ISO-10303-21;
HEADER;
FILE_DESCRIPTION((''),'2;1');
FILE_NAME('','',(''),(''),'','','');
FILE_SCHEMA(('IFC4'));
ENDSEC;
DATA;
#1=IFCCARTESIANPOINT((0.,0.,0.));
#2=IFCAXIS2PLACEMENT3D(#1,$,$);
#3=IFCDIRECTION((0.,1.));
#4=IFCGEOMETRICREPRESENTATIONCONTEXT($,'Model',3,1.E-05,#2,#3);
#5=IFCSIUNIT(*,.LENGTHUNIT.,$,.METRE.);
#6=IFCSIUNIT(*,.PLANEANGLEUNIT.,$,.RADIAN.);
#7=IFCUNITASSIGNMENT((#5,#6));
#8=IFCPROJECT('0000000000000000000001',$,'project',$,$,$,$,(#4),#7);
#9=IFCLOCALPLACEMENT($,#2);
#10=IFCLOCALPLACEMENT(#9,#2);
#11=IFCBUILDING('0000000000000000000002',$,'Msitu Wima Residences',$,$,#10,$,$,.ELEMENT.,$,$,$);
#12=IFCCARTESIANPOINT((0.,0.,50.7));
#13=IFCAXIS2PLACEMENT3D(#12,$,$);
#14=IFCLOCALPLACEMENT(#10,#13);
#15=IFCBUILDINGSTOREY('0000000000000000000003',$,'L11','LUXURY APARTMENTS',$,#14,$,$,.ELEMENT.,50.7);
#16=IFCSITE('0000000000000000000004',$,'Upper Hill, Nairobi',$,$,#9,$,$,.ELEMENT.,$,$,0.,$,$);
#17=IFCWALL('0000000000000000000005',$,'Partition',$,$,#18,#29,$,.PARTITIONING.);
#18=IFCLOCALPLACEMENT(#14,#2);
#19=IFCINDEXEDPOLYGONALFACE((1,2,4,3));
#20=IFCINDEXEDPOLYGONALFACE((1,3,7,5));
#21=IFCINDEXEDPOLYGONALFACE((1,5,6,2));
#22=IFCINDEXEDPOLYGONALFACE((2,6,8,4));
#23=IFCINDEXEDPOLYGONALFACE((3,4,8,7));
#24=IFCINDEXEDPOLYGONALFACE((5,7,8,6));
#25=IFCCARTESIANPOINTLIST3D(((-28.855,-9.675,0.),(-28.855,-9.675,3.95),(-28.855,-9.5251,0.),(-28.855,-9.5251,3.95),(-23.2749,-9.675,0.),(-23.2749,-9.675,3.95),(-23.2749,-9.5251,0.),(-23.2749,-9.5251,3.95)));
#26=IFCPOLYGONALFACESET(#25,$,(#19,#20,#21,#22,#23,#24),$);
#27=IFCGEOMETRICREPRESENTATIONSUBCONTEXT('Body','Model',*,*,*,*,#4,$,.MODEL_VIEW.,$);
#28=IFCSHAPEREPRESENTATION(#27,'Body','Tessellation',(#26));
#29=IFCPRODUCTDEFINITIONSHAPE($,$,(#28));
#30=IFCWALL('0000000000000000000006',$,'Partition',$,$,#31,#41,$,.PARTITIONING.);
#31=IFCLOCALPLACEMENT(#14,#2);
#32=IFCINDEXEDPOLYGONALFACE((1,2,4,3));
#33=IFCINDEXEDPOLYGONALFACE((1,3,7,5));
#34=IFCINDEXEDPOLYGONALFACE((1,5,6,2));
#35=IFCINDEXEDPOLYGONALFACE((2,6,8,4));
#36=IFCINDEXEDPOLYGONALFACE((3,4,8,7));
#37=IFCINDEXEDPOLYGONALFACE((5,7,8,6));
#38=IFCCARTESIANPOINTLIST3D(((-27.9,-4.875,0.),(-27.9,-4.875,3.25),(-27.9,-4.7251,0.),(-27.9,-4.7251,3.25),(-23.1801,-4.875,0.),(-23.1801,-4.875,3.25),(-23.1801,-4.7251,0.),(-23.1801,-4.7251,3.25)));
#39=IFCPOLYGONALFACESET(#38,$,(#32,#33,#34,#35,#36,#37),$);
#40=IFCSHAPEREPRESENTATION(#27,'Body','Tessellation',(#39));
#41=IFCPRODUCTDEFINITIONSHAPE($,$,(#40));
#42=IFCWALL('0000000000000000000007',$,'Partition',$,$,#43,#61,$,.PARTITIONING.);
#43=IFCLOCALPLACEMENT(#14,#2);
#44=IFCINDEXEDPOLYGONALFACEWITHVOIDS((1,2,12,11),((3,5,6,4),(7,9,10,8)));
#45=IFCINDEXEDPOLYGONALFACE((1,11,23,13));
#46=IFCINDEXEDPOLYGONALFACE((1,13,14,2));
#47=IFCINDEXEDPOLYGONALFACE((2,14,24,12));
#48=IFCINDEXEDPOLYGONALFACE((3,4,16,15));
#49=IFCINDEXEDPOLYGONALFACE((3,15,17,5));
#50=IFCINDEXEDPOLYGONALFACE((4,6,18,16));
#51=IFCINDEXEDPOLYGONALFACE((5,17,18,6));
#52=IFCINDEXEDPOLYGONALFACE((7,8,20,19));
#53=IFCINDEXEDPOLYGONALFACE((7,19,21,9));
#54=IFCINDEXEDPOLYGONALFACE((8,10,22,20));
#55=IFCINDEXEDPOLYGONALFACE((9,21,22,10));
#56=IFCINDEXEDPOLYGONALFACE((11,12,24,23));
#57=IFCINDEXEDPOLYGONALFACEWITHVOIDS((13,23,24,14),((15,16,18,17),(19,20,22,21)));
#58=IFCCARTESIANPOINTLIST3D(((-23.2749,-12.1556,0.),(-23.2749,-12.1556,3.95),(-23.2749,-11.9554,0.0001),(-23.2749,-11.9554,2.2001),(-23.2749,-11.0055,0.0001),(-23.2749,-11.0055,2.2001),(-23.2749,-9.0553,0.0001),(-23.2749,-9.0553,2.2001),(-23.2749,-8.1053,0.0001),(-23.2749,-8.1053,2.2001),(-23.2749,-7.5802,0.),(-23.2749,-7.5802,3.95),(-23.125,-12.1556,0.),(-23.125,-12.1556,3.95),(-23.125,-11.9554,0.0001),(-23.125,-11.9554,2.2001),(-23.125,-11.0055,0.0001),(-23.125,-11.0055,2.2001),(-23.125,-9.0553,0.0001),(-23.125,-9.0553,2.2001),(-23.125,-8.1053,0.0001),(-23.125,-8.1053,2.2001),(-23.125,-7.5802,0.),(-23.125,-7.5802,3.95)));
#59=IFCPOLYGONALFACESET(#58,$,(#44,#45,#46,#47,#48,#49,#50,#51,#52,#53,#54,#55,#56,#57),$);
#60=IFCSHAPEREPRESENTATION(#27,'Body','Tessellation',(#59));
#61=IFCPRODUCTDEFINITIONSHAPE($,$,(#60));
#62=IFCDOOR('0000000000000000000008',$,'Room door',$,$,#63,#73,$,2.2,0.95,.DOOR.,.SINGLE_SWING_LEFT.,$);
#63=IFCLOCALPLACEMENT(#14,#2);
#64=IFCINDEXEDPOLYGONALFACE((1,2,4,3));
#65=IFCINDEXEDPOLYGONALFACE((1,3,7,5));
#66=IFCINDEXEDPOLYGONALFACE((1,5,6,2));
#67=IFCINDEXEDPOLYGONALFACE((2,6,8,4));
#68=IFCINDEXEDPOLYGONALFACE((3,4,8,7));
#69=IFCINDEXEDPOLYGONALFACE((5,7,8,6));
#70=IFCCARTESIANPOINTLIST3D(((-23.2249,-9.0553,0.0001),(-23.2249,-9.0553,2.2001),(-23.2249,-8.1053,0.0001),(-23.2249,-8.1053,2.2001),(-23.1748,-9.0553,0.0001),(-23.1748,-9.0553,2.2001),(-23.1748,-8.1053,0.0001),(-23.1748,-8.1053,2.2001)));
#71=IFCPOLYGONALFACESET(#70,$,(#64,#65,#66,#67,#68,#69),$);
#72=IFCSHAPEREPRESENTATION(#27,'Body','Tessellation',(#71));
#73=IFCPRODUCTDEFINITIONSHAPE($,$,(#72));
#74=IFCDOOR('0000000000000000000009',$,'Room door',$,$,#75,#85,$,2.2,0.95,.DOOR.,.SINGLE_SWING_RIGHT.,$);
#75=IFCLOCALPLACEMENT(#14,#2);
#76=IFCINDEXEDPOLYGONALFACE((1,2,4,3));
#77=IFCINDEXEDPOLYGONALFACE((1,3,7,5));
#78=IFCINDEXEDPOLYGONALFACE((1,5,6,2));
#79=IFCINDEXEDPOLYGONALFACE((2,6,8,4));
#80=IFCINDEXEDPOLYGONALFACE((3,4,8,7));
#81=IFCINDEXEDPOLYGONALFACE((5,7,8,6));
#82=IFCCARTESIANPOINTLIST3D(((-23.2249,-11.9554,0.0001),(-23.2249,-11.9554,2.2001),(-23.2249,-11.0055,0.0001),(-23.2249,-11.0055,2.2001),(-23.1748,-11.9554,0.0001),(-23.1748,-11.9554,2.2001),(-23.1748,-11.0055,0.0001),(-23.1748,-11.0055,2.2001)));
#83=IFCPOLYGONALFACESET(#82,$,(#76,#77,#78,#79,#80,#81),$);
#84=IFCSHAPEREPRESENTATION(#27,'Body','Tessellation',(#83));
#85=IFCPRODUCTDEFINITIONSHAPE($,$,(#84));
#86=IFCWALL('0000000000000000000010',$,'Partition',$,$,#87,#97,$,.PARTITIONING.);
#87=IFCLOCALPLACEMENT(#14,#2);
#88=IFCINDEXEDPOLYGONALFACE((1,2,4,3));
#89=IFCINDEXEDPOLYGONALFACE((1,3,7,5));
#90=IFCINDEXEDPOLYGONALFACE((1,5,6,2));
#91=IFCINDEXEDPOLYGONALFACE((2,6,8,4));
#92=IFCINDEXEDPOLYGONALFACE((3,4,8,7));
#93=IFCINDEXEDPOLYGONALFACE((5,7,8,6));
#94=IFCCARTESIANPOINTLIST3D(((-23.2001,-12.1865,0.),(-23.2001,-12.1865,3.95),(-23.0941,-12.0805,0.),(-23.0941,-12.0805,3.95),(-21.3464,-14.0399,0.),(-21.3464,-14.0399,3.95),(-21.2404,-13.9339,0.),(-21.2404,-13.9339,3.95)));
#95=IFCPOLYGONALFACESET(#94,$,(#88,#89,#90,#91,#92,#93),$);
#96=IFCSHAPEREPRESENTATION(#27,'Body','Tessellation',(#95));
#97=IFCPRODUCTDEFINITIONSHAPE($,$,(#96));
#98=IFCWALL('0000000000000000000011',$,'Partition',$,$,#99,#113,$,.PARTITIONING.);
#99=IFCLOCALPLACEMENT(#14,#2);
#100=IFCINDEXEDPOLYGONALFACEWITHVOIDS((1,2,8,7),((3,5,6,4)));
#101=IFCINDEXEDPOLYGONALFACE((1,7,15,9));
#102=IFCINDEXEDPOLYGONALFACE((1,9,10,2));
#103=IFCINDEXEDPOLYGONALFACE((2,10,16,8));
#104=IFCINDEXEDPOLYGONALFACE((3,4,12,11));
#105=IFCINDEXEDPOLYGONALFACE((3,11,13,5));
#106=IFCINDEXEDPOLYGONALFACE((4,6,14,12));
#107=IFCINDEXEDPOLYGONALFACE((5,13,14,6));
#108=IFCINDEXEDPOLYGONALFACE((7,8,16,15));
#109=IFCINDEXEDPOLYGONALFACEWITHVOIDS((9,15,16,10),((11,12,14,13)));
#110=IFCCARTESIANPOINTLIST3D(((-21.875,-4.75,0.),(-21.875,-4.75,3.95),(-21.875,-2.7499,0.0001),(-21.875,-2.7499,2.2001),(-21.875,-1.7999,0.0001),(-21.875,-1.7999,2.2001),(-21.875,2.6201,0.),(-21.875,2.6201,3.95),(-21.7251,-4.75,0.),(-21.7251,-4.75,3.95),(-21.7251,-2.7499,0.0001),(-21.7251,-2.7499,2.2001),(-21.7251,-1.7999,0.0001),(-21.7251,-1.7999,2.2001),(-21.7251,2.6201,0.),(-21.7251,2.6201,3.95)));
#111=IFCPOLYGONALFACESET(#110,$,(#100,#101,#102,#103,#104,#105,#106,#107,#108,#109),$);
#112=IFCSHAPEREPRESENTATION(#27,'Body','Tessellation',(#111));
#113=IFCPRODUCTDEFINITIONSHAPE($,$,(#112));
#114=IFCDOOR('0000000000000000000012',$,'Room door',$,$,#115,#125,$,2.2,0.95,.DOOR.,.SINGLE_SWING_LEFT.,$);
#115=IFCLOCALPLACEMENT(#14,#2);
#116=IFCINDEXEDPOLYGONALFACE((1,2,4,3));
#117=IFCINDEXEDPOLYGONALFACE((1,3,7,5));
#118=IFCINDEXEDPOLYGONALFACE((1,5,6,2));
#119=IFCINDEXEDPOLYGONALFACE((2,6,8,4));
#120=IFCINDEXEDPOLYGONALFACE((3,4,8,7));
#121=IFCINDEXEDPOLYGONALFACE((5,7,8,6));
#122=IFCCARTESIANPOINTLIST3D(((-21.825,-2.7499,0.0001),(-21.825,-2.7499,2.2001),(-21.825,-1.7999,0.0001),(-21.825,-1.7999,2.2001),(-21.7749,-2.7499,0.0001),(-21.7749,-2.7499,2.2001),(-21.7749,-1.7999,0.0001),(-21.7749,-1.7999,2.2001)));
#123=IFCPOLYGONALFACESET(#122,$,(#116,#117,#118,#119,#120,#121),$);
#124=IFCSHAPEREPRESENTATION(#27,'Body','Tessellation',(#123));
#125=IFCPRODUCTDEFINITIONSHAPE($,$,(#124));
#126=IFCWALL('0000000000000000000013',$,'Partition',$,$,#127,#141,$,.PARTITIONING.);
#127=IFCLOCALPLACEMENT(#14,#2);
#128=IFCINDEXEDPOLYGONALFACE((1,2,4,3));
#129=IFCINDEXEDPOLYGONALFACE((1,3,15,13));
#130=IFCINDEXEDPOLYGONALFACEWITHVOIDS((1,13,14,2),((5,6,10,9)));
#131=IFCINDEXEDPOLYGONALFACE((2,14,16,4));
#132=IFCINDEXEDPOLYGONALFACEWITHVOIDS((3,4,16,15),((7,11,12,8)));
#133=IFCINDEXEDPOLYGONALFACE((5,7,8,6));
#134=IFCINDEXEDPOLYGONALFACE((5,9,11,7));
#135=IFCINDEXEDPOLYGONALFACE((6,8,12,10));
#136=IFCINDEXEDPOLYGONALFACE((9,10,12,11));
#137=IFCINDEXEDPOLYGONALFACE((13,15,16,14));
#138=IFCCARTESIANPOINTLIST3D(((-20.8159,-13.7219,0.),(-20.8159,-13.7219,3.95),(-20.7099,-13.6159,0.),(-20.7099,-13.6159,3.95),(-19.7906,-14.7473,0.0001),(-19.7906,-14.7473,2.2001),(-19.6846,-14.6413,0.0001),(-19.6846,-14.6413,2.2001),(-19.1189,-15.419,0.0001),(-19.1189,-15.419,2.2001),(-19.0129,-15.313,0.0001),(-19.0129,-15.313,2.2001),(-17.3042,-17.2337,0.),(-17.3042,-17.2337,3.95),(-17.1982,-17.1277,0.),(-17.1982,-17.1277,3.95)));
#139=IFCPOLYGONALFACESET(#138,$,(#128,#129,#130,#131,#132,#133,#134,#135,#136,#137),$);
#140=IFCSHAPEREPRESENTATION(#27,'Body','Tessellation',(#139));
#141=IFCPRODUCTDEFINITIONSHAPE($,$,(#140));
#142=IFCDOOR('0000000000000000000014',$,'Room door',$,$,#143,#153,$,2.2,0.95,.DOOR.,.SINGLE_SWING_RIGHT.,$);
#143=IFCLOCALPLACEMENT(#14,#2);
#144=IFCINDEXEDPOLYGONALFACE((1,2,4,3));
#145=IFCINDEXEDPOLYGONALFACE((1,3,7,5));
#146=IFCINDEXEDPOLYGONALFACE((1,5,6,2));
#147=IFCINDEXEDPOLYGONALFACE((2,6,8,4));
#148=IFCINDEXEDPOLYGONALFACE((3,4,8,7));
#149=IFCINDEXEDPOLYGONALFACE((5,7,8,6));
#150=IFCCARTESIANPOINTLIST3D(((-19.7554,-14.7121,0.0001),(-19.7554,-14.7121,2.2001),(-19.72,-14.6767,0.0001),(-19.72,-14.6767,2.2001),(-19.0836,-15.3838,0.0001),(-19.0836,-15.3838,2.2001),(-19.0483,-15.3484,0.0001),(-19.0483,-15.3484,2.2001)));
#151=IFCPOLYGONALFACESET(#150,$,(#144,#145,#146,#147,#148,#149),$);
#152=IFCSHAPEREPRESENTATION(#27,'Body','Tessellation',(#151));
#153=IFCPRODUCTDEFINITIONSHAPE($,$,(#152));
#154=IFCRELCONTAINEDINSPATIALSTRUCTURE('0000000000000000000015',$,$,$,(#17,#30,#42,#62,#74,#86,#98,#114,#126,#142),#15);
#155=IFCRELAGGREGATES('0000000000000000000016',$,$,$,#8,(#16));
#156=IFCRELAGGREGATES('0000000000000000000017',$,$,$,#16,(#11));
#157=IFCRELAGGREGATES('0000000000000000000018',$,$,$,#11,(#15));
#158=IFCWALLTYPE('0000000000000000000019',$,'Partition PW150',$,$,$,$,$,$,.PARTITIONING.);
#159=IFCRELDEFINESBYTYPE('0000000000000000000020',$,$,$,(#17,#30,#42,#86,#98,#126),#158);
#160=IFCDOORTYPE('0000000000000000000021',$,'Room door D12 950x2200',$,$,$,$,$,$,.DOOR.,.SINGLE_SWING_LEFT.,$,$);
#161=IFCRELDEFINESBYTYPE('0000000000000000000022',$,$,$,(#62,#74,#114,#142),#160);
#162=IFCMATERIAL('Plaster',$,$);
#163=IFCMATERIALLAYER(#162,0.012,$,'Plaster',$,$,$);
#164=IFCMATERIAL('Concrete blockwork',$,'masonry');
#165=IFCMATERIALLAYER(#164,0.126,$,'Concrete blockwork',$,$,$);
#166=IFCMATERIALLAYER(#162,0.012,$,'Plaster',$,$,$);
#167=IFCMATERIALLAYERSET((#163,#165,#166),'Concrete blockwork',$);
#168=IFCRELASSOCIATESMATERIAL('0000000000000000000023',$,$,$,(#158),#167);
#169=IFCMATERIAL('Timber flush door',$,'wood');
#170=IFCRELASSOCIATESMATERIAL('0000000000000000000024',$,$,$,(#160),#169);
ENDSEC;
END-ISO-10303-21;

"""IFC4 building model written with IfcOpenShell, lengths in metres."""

from ifc_helpers import new_model, si_unit, direction, frame, frame_2d, origin, place, context, subcontext, project, spatial, rectangle, extrude, material, layer, layer_set, type_object, element, fill, save


model = new_model("IFC4")

# Units and contexts
model_context = context("Model", 3, precision=1e-05, world=origin(), true_north=direction((0.0, 1.0)))
body_context = subcontext(model_context, "Body", "Model", "MODEL_VIEW")
ifc_project = project(units=[si_unit("LENGTHUNIT", "METRE"), si_unit("PLANEANGLEUNIT", "RADIAN")], contexts=[model_context])

# Site, building, storey
site_placement = place(None, origin())
site = spatial("IfcSite", under=ifc_project, at=site_placement, Name="Upper Hill, Nairobi", CompositionType="ELEMENT", RefElevation=0.0)
building_placement = place(site_placement, origin())
building = spatial("IfcBuilding", under=site, at=building_placement, Name="Msitu Wima Residences", CompositionType="ELEMENT")
storey_placement = place(building_placement, frame((0.0, 0.0, 50.7)))
storey = spatial("IfcBuildingStorey", under=building, at=storey_placement, Name="L11", Description="LUXURY APARTMENTS", CompositionType="ELEMENT", Elevation=50.7)

# Walls
ifc_material_1 = material(Name="Plaster")
ifc_layer_1 = layer(ifc_material_1, 0.012, Name="Plaster")
ifc_material_2 = material(Name="Concrete blockwork", Category="masonry")
ifc_layer_2 = layer(ifc_material_2, 0.126, Name="Concrete blockwork")
ifc_layer_3 = layer(ifc_material_1, 0.012, Name="Plaster")
ifc_layer_set_1 = layer_set([ifc_layer_1, ifc_layer_2, ifc_layer_3], Name="Concrete blockwork")
wall_type_1 = type_object("IfcWallType", Name="Partition PW150", PredefinedType="PARTITIONING", material=ifc_layer_set_1)
wall_1_placement = place(storey_placement, frame((-28.855, -9.6001, 0.0), z_axis=(0.0, 0.0, 1.0), x_axis=(1.0, 0.0, 0.0)))
element("IfcWall", 1, at=wall_1_placement, inside=storey, type_object=wall_type_1, Name="Partition", PredefinedType="PARTITIONING", context=body_context, shape_type="SweptSolid", body=[
    extrude(rectangle(XDim=5.5801, YDim=0.1499, at=frame_2d((2.79, 0.0))), origin(), (0.0, 0.0, 1.0), 3.95),
])
wall_2_placement = place(storey_placement, frame((-27.8999, -4.8, 0.0), z_axis=(0.0, 0.0, 1.0), x_axis=(1.0, 0.0, 0.0)))
element("IfcWall", 2, at=wall_2_placement, inside=storey, type_object=wall_type_1, Name="Partition", PredefinedType="PARTITIONING", context=body_context, shape_type="SweptSolid", body=[
    extrude(rectangle(XDim=4.72, YDim=0.1499, at=frame_2d((2.3599, 0.0))), origin(), (0.0, 0.0, 1.0), 3.25),
])

# Wall, openings, doors
wall_3_placement = place(storey_placement, frame((-23.2, -12.1555, 0.0), z_axis=(0.0, 0.0, 1.0), x_axis=(0.0, 1.0, 0.0)))
wall_3 = element("IfcWall", 3, at=wall_3_placement, inside=storey, type_object=wall_type_1, Name="Partition", PredefinedType="PARTITIONING", context=body_context, shape_type="SweptSolid", body=[
    extrude(rectangle(XDim=4.5754, YDim=0.1499, at=frame_2d((2.2876, 0.0))), origin(), (0.0, 0.0, 1.0), 3.95),
])
opening_1_placement = place(wall_3_placement, frame((3.1001, 0.0, 0.0)))
opening_1 = element("IfcOpeningElement", 4, at=opening_1_placement, cuts=wall_3, PredefinedType="OPENING", context=body_context, shape_type="SweptSolid", body=[
    extrude(rectangle(XDim=0.95, YDim=2.2, at=frame_2d((0.4751, 1.1001))), frame((0.0, 0.085, 0.0), z_axis=(0.0, -1.0, 0.0), x_axis=(1.0, 0.0, 0.0)), (0.0, 0.0, 1.0), 0.1699),
])
opening_2_placement = place(wall_3_placement, frame((0.2, 0.0, 0.0)))
opening_2 = element("IfcOpeningElement", 5, at=opening_2_placement, cuts=wall_3, PredefinedType="OPENING", context=body_context, shape_type="SweptSolid", body=[
    extrude(rectangle(XDim=0.95, YDim=2.2, at=frame_2d((0.4751, 1.1001))), frame((0.0, 0.085, 0.0), z_axis=(0.0, -1.0, 0.0), x_axis=(1.0, 0.0, 0.0)), (0.0, 0.0, 1.0), 0.1699),
])
ifc_material_3 = material(Name="Timber flush door", Category="wood")
door_type_1 = type_object("IfcDoorType", Name="Room door D12 950x2200", OperationType="SINGLE_SWING_LEFT", PredefinedType="DOOR", material=ifc_material_3)
door_1_placement = place(opening_1_placement, origin())
door_1 = element("IfcDoor", 6, at=door_1_placement, inside=storey, type_object=door_type_1, Name="Room door", OperationType="SINGLE_SWING_LEFT", OverallHeight=2.2, OverallWidth=0.95, PredefinedType="DOOR", context=body_context, shape_type="SweptSolid", body=[
    extrude(rectangle(XDim=0.95, YDim=2.2, at=frame_2d((0.4751, 1.1001))), frame((0.0, 0.0249, 0.0), z_axis=(0.0, -1.0, 0.0), x_axis=(1.0, 0.0, 0.0)), (0.0, 0.0, 1.0), 0.05),
])
fill(opening_1, door_1)
door_2_placement = place(opening_2_placement, origin())
door_2 = element("IfcDoor", 7, at=door_2_placement, inside=storey, type_object=door_type_1, Name="Room door", OperationType="SINGLE_SWING_RIGHT", OverallHeight=2.2, OverallWidth=0.95, PredefinedType="DOOR", context=body_context, shape_type="SweptSolid", body=[
    extrude(rectangle(XDim=0.95, YDim=2.2, at=frame_2d((0.4751, 1.1001))), frame((0.0, 0.0249, 0.0), z_axis=(0.0, -1.0, 0.0), x_axis=(1.0, 0.0, 0.0)), (0.0, 0.0, 1.0), 0.05),
])
fill(opening_2, door_2)

# Wall
wall_4_placement = place(storey_placement, frame((-23.147, -12.1335, 0.0), z_axis=(0.0, 0.0, 1.0), x_axis=(0.707153, -0.70706, 0.0)))
element("IfcWall", 8, at=wall_4_placement, inside=storey, type_object=wall_type_1, Name="Partition", PredefinedType="PARTITIONING", context=body_context, shape_type="SweptSolid", body=[
    extrude(rectangle(XDim=2.6213, YDim=0.1499, at=frame_2d((1.3105, 0.0))), origin(), (0.0, 0.0, 1.0), 3.95),
])

# Walls, openings, doors
wall_5_placement = place(storey_placement, frame((-21.8, -4.75, 0.0), z_axis=(0.0, 0.0, 1.0), x_axis=(0.0, 1.0, 0.0)))
wall_5 = element("IfcWall", 9, at=wall_5_placement, inside=storey, type_object=wall_type_1, Name="Partition", PredefinedType="PARTITIONING", context=body_context, shape_type="SweptSolid", body=[
    extrude(rectangle(XDim=7.3701, YDim=0.1499, at=frame_2d((3.6851, 0.0))), origin(), (0.0, 0.0, 1.0), 3.95),
])
opening_3_placement = place(wall_5_placement, frame((2.0, 0.0, 0.0)))
opening_3 = element("IfcOpeningElement", 10, at=opening_3_placement, cuts=wall_5, PredefinedType="OPENING", context=body_context, shape_type="SweptSolid", body=[
    extrude(rectangle(XDim=0.95, YDim=2.2, at=frame_2d((0.4751, 1.1001))), frame((0.0, 0.085, 0.0), z_axis=(0.0, -1.0, 0.0), x_axis=(1.0, 0.0, 0.0)), (0.0, 0.0, 1.0), 0.1699),
])
door_3_placement = place(opening_3_placement, origin())
door_3 = element("IfcDoor", 11, at=door_3_placement, inside=storey, type_object=door_type_1, Name="Room door", OperationType="SINGLE_SWING_LEFT", OverallHeight=2.2, OverallWidth=0.95, PredefinedType="DOOR", context=body_context, shape_type="SweptSolid", body=[
    extrude(rectangle(XDim=0.95, YDim=2.2, at=frame_2d((0.4751, 1.1001))), frame((0.0, 0.0249, 0.0), z_axis=(0.0, -1.0, 0.0), x_axis=(1.0, 0.0, 0.0)), (0.0, 0.0, 1.0), 0.05),
])
fill(opening_3, door_3)
wall_6_placement = place(storey_placement, frame((-20.7629, -13.6689, 0.0), z_axis=(0.0, 0.0, 1.0), x_axis=(0.707107, -0.707107, 0.0)))
wall_6 = element("IfcWall", 12, at=wall_6_placement, inside=storey, type_object=wall_type_1, Name="Partition", PredefinedType="PARTITIONING", context=body_context, shape_type="SweptSolid", body=[
    extrude(rectangle(XDim=4.9663, YDim=0.1499, at=frame_2d((2.4832, 0.0))), origin(), (0.0, 0.0, 1.0), 3.95),
])
opening_4_placement = place(wall_6_placement, frame((1.45, 0.0, 0.0)))
opening_4 = element("IfcOpeningElement", 13, at=opening_4_placement, cuts=wall_6, PredefinedType="OPENING", context=body_context, shape_type="SweptSolid", body=[
    extrude(rectangle(XDim=0.95, YDim=2.2, at=frame_2d((0.4751, 1.1001))), frame((0.0, 0.085, 0.0), z_axis=(0.0, -1.0, 0.0), x_axis=(1.0, 0.0, 0.0)), (0.0, 0.0, 1.0), 0.1699),
])
door_4_placement = place(opening_4_placement, origin())
door_4 = element("IfcDoor", 14, at=door_4_placement, inside=storey, type_object=door_type_1, Name="Room door", OperationType="SINGLE_SWING_RIGHT", OverallHeight=2.2, OverallWidth=0.95, PredefinedType="DOOR", context=body_context, shape_type="SweptSolid", body=[
    extrude(rectangle(XDim=0.95, YDim=2.2, at=frame_2d((0.4751, 1.1001))), frame((0.0, 0.0249, 0.0), z_axis=(0.0, -1.0, 0.0), x_axis=(1.0, 0.0, 0.0)), (0.0, 0.0, 1.0), 0.05),
])
fill(opening_4, door_4)

save(model, "model.ifc")
